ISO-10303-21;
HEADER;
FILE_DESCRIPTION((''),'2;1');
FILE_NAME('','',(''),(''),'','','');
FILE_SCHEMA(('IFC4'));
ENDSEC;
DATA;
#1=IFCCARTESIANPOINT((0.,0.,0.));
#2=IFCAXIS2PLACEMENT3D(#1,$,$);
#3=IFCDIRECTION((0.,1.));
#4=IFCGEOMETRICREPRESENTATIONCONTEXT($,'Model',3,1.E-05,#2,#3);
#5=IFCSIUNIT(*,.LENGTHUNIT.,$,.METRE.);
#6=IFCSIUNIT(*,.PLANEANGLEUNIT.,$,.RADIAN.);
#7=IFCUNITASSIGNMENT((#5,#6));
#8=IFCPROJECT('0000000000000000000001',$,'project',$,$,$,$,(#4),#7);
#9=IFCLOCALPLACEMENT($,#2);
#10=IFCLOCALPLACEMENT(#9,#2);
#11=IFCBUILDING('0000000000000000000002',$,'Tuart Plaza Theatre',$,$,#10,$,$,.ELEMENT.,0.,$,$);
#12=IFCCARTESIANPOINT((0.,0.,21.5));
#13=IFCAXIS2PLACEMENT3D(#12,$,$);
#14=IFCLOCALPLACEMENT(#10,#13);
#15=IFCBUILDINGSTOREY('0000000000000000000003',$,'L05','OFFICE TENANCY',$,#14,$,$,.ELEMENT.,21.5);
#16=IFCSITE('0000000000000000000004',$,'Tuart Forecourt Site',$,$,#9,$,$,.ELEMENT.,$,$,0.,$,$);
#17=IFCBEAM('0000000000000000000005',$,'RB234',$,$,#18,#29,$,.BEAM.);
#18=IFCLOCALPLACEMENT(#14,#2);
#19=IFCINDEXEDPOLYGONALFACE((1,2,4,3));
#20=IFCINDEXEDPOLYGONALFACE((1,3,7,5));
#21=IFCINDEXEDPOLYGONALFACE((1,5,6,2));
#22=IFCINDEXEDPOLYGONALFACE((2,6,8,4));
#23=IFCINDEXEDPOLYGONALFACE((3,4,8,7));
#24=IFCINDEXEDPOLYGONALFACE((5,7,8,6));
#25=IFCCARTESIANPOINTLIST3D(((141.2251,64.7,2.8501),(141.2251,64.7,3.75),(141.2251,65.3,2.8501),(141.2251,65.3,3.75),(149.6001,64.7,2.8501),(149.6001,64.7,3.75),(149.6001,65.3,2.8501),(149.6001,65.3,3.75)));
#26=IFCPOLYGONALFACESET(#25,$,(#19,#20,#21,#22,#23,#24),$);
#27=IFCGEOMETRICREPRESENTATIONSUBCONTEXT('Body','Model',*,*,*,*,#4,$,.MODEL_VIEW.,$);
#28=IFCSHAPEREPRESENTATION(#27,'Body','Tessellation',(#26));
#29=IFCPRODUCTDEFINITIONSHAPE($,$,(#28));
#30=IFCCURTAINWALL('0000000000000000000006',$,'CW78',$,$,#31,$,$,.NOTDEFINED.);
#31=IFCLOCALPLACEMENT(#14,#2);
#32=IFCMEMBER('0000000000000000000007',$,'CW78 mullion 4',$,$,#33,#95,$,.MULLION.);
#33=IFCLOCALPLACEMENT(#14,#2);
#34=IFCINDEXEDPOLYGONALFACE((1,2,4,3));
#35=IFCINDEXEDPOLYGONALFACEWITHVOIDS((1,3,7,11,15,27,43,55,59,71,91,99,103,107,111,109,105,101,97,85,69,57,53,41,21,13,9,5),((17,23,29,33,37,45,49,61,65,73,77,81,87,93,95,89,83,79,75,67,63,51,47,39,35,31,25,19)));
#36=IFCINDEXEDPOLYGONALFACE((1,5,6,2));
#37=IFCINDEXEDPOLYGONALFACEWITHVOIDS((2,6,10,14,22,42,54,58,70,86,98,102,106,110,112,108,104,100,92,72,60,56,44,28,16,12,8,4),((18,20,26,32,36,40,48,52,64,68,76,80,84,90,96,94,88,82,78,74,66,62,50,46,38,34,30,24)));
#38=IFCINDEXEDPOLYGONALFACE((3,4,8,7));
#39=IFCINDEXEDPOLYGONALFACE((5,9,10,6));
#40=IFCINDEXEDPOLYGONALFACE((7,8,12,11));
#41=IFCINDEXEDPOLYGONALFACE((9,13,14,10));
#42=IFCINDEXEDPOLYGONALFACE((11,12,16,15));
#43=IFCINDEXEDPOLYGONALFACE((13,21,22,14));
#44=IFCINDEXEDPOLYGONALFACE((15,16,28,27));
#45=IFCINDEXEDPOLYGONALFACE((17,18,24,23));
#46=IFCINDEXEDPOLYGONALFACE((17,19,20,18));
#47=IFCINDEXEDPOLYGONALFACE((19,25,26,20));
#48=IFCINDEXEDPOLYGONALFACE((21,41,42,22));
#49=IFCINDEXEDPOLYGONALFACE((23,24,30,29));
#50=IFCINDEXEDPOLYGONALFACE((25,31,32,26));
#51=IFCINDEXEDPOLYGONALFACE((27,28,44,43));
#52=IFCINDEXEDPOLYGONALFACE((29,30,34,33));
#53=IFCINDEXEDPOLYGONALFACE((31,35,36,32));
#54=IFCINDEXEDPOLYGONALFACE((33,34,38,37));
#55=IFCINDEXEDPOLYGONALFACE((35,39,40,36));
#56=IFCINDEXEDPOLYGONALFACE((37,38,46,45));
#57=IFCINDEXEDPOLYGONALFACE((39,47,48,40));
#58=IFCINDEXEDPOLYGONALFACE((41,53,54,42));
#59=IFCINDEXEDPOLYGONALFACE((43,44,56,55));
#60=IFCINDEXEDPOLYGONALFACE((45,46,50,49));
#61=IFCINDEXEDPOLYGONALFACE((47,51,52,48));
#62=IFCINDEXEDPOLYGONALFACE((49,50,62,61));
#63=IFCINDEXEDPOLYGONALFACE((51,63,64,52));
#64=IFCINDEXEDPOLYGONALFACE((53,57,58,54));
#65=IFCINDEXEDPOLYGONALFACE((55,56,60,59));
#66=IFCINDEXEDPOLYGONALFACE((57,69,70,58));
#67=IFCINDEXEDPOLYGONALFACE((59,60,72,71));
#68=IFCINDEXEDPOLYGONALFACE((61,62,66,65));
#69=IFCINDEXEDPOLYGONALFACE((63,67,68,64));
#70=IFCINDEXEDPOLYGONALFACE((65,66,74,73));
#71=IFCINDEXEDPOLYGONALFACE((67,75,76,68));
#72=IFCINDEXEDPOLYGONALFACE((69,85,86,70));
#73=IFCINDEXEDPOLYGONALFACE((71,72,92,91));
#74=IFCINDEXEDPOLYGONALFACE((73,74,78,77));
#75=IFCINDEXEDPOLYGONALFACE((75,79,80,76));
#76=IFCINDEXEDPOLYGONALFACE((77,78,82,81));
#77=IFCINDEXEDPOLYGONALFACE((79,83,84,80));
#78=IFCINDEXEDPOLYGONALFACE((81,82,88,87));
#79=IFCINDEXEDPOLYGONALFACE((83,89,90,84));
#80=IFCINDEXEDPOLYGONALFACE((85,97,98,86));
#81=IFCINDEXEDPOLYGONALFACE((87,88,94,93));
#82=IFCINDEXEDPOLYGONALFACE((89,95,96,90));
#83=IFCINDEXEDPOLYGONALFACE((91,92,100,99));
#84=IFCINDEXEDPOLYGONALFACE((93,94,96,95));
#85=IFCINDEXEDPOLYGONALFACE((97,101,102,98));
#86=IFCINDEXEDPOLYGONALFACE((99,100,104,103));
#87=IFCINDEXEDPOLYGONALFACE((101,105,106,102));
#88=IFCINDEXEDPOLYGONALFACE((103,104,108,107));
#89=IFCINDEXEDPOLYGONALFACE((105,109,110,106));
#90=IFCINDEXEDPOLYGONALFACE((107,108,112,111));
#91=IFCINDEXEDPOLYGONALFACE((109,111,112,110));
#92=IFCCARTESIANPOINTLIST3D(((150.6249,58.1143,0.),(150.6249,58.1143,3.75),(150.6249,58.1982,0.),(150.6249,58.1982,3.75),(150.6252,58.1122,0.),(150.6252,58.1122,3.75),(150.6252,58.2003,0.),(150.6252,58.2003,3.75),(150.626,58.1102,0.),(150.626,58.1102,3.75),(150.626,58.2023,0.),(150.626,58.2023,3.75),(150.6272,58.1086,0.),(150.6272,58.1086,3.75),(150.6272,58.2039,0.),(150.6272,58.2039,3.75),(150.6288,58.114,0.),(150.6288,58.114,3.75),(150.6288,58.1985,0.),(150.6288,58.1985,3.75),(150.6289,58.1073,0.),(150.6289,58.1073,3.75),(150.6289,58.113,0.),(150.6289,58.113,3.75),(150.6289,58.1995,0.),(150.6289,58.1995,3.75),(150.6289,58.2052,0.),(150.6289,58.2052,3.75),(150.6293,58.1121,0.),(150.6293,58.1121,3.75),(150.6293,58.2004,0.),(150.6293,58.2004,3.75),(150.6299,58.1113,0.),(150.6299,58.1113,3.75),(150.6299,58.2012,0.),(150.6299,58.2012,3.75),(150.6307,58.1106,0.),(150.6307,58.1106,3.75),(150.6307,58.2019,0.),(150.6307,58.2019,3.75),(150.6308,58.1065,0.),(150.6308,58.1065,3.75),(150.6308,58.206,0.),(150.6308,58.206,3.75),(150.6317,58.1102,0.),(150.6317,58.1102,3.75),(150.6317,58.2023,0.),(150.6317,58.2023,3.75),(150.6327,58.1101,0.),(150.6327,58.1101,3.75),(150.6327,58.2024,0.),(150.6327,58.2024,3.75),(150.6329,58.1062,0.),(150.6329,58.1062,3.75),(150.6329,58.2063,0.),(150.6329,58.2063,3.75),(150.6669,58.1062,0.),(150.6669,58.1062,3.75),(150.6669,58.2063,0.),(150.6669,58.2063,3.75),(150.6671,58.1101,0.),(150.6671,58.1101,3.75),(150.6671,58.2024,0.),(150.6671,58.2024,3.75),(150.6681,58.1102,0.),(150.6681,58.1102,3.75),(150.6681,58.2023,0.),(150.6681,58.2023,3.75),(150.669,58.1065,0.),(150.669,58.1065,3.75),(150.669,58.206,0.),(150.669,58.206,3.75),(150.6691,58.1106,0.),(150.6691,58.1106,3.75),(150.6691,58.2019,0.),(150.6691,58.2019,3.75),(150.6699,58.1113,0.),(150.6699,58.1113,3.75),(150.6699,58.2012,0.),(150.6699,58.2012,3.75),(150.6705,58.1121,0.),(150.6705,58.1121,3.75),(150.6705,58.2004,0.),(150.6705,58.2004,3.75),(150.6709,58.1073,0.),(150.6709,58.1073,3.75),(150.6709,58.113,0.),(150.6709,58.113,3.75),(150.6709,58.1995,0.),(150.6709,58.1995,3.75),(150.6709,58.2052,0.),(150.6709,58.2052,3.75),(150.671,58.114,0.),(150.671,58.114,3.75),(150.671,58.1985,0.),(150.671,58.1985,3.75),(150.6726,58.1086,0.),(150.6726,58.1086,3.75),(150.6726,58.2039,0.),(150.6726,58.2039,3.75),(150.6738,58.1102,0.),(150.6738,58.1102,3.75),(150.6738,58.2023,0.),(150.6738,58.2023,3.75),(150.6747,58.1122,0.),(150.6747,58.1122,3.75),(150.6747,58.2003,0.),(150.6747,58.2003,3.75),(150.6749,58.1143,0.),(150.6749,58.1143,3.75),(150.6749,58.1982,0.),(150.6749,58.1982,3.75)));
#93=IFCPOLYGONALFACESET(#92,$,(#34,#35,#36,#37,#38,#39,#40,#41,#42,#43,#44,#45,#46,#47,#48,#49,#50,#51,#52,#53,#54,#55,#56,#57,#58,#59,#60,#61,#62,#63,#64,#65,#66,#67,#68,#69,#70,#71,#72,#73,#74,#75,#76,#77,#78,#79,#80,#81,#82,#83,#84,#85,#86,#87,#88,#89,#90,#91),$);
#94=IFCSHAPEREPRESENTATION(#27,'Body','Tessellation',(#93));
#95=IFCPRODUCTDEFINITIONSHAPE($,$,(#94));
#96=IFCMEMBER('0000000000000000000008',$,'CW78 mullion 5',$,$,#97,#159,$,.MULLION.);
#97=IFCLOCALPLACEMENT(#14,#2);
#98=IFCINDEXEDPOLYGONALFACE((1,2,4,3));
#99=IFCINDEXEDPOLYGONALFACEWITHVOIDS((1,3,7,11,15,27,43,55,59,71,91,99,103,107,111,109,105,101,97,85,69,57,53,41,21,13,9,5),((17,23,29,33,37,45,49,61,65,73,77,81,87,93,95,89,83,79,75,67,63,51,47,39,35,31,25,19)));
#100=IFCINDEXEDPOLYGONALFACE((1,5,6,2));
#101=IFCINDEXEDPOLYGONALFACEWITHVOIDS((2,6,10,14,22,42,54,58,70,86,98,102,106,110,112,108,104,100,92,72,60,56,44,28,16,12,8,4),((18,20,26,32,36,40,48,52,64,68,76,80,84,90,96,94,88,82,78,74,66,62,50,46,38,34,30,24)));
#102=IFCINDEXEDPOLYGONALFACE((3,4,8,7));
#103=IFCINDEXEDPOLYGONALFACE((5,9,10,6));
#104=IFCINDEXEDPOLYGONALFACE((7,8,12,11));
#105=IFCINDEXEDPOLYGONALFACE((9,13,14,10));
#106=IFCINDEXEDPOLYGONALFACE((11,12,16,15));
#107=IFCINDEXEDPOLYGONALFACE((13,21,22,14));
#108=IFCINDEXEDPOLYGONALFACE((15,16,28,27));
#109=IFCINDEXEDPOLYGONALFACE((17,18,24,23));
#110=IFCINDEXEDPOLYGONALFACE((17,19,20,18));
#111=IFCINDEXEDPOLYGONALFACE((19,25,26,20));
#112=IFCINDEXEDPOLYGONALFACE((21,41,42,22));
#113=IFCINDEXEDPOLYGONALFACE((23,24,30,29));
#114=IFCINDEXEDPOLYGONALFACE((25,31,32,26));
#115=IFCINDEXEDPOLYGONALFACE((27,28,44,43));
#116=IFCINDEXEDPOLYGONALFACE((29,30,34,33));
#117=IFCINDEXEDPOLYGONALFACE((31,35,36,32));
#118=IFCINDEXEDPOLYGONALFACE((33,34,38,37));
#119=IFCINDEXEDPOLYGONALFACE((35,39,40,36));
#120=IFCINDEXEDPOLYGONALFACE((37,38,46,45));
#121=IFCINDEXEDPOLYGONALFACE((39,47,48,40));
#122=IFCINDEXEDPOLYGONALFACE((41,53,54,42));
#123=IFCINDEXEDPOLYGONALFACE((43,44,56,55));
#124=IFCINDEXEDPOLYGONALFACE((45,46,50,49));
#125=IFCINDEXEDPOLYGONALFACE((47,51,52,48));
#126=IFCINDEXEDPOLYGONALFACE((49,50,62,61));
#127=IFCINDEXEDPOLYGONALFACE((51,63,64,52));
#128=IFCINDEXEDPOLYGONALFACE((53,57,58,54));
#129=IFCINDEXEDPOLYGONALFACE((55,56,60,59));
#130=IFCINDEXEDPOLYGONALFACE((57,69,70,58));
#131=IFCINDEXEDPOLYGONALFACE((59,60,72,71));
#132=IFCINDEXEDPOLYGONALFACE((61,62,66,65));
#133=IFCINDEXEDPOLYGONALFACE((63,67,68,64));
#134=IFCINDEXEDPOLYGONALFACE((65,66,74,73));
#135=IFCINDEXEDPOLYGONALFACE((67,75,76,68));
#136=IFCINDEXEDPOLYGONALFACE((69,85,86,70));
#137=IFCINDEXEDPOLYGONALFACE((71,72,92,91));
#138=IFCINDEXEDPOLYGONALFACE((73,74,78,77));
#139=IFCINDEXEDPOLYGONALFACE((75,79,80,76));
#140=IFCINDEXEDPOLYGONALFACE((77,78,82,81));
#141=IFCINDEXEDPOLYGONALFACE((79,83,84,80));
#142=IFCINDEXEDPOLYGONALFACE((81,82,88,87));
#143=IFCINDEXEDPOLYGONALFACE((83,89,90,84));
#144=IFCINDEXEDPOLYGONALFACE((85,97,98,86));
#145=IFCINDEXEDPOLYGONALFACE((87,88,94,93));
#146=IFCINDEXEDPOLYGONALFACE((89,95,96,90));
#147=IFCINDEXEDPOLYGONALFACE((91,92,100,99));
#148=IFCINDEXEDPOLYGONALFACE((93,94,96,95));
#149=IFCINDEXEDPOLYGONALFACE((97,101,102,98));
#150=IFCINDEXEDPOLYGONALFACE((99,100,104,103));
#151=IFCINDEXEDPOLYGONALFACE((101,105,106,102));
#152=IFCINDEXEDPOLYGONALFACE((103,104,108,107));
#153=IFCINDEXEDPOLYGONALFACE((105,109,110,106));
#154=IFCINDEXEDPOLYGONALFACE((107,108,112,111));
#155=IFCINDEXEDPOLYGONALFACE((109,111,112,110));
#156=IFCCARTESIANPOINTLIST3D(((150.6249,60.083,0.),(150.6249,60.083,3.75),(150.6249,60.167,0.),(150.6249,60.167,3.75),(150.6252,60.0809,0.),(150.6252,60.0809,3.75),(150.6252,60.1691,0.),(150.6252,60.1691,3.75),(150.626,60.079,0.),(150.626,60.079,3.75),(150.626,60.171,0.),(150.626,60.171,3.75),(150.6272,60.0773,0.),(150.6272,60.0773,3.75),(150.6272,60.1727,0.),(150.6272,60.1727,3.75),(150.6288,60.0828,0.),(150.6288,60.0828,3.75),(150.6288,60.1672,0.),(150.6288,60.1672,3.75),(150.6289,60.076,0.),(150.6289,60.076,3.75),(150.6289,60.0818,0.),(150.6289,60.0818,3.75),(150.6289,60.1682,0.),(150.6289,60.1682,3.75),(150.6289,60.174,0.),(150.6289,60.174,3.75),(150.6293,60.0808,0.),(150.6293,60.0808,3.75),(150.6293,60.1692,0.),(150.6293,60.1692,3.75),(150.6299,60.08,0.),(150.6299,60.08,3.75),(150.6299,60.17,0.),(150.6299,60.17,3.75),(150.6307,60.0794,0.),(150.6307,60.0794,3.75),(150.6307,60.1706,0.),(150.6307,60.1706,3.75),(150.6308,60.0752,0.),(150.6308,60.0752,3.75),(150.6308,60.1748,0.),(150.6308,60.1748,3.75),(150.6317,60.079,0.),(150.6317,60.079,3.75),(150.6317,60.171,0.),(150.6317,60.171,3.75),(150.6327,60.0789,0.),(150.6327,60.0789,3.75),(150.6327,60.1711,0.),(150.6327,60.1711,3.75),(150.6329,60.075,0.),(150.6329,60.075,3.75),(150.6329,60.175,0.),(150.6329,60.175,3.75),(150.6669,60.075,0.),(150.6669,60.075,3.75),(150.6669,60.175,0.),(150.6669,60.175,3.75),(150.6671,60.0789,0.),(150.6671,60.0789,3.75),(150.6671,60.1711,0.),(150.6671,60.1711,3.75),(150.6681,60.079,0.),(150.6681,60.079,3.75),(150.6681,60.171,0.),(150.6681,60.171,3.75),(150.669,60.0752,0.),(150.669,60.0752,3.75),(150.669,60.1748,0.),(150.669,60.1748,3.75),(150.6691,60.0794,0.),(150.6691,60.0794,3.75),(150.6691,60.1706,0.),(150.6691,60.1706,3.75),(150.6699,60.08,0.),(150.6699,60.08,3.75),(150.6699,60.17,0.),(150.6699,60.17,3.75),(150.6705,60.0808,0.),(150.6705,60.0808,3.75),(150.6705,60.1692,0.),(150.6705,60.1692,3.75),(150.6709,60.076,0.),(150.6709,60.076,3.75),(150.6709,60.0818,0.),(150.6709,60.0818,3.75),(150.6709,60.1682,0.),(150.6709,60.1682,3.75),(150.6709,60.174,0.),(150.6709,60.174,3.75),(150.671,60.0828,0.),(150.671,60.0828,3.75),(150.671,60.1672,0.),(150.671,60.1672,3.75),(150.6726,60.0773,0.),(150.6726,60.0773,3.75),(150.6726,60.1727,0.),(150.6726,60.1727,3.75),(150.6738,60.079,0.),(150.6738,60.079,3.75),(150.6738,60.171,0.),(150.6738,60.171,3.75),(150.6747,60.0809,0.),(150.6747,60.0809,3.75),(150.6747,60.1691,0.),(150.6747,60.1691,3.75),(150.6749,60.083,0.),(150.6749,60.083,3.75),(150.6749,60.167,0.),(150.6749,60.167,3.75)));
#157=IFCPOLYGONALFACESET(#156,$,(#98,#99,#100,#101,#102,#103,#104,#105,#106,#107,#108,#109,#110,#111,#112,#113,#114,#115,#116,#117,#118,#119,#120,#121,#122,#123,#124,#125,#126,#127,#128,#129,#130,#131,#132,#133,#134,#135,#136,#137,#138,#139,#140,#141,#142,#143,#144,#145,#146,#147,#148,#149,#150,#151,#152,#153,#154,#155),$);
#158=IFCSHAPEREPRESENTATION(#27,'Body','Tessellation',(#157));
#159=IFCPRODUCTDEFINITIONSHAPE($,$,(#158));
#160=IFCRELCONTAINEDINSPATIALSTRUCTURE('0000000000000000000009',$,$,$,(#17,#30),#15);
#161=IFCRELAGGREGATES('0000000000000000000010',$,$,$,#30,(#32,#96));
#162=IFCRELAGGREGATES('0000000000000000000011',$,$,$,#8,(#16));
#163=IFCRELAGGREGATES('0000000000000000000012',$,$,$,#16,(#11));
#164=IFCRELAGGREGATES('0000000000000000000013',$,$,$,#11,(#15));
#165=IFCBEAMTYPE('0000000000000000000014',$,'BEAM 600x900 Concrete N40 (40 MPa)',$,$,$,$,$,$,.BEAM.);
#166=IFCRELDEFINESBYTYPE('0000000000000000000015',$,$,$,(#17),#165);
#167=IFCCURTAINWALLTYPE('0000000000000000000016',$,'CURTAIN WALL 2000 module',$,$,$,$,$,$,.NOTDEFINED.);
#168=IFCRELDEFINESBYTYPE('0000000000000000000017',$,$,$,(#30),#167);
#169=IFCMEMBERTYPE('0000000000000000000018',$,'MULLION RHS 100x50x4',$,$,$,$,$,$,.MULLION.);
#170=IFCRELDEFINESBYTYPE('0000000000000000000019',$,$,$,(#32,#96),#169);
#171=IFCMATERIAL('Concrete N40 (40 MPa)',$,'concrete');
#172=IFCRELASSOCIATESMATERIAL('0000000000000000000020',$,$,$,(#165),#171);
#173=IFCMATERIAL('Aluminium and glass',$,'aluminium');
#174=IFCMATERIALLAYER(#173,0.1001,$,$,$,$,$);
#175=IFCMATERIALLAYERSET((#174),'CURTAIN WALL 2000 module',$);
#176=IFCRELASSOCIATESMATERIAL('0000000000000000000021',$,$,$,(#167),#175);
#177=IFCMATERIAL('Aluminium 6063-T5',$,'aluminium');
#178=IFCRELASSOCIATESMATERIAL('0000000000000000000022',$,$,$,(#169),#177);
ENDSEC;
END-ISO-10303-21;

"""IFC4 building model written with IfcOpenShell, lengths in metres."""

from ifc_helpers import new_model, si_unit, direction, frame, origin, origin_2d, place, context, subcontext, project, spatial, rectangle, hollow_rectangle, extrude, material, layer, layer_set, material_profile, profile_set, type_object, element, aggregate, save


model = new_model("IFC4")

# Units and contexts
model_context = context("Model", 3, precision=1e-05, world=origin(), true_north=direction((0.0, 1.0)))
body_context = subcontext(model_context, "Body", "Model", "MODEL_VIEW")
ifc_project = project(units=[si_unit("LENGTHUNIT", "METRE"), si_unit("PLANEANGLEUNIT", "RADIAN")], contexts=[model_context])

# Site, building, storey
site_placement = place(None, origin())
site = spatial("IfcSite", under=ifc_project, at=site_placement, Name="Tuart Forecourt Site", CompositionType="ELEMENT", RefElevation=0.0)
building_placement = place(site_placement, origin())
building = spatial("IfcBuilding", under=site, at=building_placement, Name="Tuart Plaza Theatre", CompositionType="ELEMENT", ElevationOfRefHeight=0.0)
storey_placement = place(building_placement, frame((0.0, 0.0, 21.5)))
storey = spatial("IfcBuildingStorey", under=building, at=storey_placement, Name="L05", Description="OFFICE TENANCY", CompositionType="ELEMENT", Elevation=21.5)

# Beam
ifc_material_1 = material(Name="Concrete N40 (40 MPa)", Category="concrete")
ifc_material_profile_1 = material_profile(ifc_material_1, rectangle(XDim=0.6001, YDim=0.8999, at=origin_2d()), Name="BEAM 600x900 Concrete N40 (40 MPa)")
ifc_profile_set_1 = profile_set([ifc_material_profile_1], Name="Concrete N40 (40 MPa)")
beam_type = type_object("IfcBeamType", Name="BEAM 600x900 Concrete N40 (40 MPa)", PredefinedType="BEAM", material=ifc_profile_set_1)
beam_placement = place(storey_placement, frame((141.2251, 65.0, 3.3), z_axis=(1.0, 0.0, 0.0), x_axis=(0.0, 1.0, 0.0)))
element("IfcBeam", 1, at=beam_placement, inside=storey, type_object=beam_type, Name="RB234", PredefinedType="BEAM", context=body_context, shape_type="SweptSolid", body=[
    extrude(rectangle(XDim=0.6001, YDim=0.8999, at=origin_2d()), origin(), (0.0, 0.0, 1.0), 8.375),
])

# Curtain wall, members
ifc_material_2 = material(Name="Aluminium and glass", Category="aluminium")
ifc_layer_1 = layer(ifc_material_2, 0.1001)
ifc_layer_set_1 = layer_set([ifc_layer_1], Name="CURTAIN WALL 2000 module")
curtain_wall_type = type_object("IfcCurtainWallType", Name="CURTAIN WALL 2000 module", PredefinedType="NOTDEFINED", material=ifc_layer_set_1)
curtain_wall_placement = place(storey_placement, origin())
curtain_wall = element("IfcCurtainWall", 2, at=curtain_wall_placement, inside=storey, type_object=curtain_wall_type, Name="CW78", PredefinedType="NOTDEFINED")
ifc_material_3 = material(Name="Aluminium 6063-T5", Category="aluminium")
ifc_material_profile_2 = material_profile(ifc_material_3, hollow_rectangle(XDim=0.05, YDim=0.1001, WallThickness=0.0039, InnerFilletRadius=0.0039, OuterFilletRadius=0.0081, at=origin_2d()), Name="RHS 100x50x4")
ifc_profile_set_2 = profile_set([ifc_material_profile_2], Name="Aluminium 6063-T5")
member_type_1 = type_object("IfcMemberType", Name="MULLION RHS 100x50x4", PredefinedType="MULLION", material=ifc_profile_set_2)
member_1_placement = place(storey_placement, frame((150.6499, 58.1562, 0.0), z_axis=(0.0, 0.0, 1.0), x_axis=(-1.0, 0.0, 0.0)))
member_1 = element("IfcMember", 3, at=member_1_placement, type_object=member_type_1, Name="CW78 mullion 4", PredefinedType="MULLION", context=body_context, shape_type="SweptSolid", body=[
    extrude(hollow_rectangle(XDim=0.05, YDim=0.1001, WallThickness=0.0039, InnerFilletRadius=0.0039, OuterFilletRadius=0.0081, at=origin_2d()), origin(), (0.0, 0.0, 1.0), 3.75),
])
member_2_placement = place(storey_placement, frame((150.6499, 60.125, 0.0), z_axis=(0.0, 0.0, 1.0), x_axis=(-1.0, 0.0, 0.0)))
member_2 = element("IfcMember", 4, at=member_2_placement, type_object=member_type_1, Name="CW78 mullion 5", PredefinedType="MULLION", context=body_context, shape_type="SweptSolid", body=[
    extrude(hollow_rectangle(XDim=0.05, YDim=0.1001, WallThickness=0.0039, InnerFilletRadius=0.0039, OuterFilletRadius=0.0081, at=origin_2d()), origin(), (0.0, 0.0, 1.0), 3.75),
])
aggregate(curtain_wall, [member_1, member_2])

save(model, "model.ifc")
